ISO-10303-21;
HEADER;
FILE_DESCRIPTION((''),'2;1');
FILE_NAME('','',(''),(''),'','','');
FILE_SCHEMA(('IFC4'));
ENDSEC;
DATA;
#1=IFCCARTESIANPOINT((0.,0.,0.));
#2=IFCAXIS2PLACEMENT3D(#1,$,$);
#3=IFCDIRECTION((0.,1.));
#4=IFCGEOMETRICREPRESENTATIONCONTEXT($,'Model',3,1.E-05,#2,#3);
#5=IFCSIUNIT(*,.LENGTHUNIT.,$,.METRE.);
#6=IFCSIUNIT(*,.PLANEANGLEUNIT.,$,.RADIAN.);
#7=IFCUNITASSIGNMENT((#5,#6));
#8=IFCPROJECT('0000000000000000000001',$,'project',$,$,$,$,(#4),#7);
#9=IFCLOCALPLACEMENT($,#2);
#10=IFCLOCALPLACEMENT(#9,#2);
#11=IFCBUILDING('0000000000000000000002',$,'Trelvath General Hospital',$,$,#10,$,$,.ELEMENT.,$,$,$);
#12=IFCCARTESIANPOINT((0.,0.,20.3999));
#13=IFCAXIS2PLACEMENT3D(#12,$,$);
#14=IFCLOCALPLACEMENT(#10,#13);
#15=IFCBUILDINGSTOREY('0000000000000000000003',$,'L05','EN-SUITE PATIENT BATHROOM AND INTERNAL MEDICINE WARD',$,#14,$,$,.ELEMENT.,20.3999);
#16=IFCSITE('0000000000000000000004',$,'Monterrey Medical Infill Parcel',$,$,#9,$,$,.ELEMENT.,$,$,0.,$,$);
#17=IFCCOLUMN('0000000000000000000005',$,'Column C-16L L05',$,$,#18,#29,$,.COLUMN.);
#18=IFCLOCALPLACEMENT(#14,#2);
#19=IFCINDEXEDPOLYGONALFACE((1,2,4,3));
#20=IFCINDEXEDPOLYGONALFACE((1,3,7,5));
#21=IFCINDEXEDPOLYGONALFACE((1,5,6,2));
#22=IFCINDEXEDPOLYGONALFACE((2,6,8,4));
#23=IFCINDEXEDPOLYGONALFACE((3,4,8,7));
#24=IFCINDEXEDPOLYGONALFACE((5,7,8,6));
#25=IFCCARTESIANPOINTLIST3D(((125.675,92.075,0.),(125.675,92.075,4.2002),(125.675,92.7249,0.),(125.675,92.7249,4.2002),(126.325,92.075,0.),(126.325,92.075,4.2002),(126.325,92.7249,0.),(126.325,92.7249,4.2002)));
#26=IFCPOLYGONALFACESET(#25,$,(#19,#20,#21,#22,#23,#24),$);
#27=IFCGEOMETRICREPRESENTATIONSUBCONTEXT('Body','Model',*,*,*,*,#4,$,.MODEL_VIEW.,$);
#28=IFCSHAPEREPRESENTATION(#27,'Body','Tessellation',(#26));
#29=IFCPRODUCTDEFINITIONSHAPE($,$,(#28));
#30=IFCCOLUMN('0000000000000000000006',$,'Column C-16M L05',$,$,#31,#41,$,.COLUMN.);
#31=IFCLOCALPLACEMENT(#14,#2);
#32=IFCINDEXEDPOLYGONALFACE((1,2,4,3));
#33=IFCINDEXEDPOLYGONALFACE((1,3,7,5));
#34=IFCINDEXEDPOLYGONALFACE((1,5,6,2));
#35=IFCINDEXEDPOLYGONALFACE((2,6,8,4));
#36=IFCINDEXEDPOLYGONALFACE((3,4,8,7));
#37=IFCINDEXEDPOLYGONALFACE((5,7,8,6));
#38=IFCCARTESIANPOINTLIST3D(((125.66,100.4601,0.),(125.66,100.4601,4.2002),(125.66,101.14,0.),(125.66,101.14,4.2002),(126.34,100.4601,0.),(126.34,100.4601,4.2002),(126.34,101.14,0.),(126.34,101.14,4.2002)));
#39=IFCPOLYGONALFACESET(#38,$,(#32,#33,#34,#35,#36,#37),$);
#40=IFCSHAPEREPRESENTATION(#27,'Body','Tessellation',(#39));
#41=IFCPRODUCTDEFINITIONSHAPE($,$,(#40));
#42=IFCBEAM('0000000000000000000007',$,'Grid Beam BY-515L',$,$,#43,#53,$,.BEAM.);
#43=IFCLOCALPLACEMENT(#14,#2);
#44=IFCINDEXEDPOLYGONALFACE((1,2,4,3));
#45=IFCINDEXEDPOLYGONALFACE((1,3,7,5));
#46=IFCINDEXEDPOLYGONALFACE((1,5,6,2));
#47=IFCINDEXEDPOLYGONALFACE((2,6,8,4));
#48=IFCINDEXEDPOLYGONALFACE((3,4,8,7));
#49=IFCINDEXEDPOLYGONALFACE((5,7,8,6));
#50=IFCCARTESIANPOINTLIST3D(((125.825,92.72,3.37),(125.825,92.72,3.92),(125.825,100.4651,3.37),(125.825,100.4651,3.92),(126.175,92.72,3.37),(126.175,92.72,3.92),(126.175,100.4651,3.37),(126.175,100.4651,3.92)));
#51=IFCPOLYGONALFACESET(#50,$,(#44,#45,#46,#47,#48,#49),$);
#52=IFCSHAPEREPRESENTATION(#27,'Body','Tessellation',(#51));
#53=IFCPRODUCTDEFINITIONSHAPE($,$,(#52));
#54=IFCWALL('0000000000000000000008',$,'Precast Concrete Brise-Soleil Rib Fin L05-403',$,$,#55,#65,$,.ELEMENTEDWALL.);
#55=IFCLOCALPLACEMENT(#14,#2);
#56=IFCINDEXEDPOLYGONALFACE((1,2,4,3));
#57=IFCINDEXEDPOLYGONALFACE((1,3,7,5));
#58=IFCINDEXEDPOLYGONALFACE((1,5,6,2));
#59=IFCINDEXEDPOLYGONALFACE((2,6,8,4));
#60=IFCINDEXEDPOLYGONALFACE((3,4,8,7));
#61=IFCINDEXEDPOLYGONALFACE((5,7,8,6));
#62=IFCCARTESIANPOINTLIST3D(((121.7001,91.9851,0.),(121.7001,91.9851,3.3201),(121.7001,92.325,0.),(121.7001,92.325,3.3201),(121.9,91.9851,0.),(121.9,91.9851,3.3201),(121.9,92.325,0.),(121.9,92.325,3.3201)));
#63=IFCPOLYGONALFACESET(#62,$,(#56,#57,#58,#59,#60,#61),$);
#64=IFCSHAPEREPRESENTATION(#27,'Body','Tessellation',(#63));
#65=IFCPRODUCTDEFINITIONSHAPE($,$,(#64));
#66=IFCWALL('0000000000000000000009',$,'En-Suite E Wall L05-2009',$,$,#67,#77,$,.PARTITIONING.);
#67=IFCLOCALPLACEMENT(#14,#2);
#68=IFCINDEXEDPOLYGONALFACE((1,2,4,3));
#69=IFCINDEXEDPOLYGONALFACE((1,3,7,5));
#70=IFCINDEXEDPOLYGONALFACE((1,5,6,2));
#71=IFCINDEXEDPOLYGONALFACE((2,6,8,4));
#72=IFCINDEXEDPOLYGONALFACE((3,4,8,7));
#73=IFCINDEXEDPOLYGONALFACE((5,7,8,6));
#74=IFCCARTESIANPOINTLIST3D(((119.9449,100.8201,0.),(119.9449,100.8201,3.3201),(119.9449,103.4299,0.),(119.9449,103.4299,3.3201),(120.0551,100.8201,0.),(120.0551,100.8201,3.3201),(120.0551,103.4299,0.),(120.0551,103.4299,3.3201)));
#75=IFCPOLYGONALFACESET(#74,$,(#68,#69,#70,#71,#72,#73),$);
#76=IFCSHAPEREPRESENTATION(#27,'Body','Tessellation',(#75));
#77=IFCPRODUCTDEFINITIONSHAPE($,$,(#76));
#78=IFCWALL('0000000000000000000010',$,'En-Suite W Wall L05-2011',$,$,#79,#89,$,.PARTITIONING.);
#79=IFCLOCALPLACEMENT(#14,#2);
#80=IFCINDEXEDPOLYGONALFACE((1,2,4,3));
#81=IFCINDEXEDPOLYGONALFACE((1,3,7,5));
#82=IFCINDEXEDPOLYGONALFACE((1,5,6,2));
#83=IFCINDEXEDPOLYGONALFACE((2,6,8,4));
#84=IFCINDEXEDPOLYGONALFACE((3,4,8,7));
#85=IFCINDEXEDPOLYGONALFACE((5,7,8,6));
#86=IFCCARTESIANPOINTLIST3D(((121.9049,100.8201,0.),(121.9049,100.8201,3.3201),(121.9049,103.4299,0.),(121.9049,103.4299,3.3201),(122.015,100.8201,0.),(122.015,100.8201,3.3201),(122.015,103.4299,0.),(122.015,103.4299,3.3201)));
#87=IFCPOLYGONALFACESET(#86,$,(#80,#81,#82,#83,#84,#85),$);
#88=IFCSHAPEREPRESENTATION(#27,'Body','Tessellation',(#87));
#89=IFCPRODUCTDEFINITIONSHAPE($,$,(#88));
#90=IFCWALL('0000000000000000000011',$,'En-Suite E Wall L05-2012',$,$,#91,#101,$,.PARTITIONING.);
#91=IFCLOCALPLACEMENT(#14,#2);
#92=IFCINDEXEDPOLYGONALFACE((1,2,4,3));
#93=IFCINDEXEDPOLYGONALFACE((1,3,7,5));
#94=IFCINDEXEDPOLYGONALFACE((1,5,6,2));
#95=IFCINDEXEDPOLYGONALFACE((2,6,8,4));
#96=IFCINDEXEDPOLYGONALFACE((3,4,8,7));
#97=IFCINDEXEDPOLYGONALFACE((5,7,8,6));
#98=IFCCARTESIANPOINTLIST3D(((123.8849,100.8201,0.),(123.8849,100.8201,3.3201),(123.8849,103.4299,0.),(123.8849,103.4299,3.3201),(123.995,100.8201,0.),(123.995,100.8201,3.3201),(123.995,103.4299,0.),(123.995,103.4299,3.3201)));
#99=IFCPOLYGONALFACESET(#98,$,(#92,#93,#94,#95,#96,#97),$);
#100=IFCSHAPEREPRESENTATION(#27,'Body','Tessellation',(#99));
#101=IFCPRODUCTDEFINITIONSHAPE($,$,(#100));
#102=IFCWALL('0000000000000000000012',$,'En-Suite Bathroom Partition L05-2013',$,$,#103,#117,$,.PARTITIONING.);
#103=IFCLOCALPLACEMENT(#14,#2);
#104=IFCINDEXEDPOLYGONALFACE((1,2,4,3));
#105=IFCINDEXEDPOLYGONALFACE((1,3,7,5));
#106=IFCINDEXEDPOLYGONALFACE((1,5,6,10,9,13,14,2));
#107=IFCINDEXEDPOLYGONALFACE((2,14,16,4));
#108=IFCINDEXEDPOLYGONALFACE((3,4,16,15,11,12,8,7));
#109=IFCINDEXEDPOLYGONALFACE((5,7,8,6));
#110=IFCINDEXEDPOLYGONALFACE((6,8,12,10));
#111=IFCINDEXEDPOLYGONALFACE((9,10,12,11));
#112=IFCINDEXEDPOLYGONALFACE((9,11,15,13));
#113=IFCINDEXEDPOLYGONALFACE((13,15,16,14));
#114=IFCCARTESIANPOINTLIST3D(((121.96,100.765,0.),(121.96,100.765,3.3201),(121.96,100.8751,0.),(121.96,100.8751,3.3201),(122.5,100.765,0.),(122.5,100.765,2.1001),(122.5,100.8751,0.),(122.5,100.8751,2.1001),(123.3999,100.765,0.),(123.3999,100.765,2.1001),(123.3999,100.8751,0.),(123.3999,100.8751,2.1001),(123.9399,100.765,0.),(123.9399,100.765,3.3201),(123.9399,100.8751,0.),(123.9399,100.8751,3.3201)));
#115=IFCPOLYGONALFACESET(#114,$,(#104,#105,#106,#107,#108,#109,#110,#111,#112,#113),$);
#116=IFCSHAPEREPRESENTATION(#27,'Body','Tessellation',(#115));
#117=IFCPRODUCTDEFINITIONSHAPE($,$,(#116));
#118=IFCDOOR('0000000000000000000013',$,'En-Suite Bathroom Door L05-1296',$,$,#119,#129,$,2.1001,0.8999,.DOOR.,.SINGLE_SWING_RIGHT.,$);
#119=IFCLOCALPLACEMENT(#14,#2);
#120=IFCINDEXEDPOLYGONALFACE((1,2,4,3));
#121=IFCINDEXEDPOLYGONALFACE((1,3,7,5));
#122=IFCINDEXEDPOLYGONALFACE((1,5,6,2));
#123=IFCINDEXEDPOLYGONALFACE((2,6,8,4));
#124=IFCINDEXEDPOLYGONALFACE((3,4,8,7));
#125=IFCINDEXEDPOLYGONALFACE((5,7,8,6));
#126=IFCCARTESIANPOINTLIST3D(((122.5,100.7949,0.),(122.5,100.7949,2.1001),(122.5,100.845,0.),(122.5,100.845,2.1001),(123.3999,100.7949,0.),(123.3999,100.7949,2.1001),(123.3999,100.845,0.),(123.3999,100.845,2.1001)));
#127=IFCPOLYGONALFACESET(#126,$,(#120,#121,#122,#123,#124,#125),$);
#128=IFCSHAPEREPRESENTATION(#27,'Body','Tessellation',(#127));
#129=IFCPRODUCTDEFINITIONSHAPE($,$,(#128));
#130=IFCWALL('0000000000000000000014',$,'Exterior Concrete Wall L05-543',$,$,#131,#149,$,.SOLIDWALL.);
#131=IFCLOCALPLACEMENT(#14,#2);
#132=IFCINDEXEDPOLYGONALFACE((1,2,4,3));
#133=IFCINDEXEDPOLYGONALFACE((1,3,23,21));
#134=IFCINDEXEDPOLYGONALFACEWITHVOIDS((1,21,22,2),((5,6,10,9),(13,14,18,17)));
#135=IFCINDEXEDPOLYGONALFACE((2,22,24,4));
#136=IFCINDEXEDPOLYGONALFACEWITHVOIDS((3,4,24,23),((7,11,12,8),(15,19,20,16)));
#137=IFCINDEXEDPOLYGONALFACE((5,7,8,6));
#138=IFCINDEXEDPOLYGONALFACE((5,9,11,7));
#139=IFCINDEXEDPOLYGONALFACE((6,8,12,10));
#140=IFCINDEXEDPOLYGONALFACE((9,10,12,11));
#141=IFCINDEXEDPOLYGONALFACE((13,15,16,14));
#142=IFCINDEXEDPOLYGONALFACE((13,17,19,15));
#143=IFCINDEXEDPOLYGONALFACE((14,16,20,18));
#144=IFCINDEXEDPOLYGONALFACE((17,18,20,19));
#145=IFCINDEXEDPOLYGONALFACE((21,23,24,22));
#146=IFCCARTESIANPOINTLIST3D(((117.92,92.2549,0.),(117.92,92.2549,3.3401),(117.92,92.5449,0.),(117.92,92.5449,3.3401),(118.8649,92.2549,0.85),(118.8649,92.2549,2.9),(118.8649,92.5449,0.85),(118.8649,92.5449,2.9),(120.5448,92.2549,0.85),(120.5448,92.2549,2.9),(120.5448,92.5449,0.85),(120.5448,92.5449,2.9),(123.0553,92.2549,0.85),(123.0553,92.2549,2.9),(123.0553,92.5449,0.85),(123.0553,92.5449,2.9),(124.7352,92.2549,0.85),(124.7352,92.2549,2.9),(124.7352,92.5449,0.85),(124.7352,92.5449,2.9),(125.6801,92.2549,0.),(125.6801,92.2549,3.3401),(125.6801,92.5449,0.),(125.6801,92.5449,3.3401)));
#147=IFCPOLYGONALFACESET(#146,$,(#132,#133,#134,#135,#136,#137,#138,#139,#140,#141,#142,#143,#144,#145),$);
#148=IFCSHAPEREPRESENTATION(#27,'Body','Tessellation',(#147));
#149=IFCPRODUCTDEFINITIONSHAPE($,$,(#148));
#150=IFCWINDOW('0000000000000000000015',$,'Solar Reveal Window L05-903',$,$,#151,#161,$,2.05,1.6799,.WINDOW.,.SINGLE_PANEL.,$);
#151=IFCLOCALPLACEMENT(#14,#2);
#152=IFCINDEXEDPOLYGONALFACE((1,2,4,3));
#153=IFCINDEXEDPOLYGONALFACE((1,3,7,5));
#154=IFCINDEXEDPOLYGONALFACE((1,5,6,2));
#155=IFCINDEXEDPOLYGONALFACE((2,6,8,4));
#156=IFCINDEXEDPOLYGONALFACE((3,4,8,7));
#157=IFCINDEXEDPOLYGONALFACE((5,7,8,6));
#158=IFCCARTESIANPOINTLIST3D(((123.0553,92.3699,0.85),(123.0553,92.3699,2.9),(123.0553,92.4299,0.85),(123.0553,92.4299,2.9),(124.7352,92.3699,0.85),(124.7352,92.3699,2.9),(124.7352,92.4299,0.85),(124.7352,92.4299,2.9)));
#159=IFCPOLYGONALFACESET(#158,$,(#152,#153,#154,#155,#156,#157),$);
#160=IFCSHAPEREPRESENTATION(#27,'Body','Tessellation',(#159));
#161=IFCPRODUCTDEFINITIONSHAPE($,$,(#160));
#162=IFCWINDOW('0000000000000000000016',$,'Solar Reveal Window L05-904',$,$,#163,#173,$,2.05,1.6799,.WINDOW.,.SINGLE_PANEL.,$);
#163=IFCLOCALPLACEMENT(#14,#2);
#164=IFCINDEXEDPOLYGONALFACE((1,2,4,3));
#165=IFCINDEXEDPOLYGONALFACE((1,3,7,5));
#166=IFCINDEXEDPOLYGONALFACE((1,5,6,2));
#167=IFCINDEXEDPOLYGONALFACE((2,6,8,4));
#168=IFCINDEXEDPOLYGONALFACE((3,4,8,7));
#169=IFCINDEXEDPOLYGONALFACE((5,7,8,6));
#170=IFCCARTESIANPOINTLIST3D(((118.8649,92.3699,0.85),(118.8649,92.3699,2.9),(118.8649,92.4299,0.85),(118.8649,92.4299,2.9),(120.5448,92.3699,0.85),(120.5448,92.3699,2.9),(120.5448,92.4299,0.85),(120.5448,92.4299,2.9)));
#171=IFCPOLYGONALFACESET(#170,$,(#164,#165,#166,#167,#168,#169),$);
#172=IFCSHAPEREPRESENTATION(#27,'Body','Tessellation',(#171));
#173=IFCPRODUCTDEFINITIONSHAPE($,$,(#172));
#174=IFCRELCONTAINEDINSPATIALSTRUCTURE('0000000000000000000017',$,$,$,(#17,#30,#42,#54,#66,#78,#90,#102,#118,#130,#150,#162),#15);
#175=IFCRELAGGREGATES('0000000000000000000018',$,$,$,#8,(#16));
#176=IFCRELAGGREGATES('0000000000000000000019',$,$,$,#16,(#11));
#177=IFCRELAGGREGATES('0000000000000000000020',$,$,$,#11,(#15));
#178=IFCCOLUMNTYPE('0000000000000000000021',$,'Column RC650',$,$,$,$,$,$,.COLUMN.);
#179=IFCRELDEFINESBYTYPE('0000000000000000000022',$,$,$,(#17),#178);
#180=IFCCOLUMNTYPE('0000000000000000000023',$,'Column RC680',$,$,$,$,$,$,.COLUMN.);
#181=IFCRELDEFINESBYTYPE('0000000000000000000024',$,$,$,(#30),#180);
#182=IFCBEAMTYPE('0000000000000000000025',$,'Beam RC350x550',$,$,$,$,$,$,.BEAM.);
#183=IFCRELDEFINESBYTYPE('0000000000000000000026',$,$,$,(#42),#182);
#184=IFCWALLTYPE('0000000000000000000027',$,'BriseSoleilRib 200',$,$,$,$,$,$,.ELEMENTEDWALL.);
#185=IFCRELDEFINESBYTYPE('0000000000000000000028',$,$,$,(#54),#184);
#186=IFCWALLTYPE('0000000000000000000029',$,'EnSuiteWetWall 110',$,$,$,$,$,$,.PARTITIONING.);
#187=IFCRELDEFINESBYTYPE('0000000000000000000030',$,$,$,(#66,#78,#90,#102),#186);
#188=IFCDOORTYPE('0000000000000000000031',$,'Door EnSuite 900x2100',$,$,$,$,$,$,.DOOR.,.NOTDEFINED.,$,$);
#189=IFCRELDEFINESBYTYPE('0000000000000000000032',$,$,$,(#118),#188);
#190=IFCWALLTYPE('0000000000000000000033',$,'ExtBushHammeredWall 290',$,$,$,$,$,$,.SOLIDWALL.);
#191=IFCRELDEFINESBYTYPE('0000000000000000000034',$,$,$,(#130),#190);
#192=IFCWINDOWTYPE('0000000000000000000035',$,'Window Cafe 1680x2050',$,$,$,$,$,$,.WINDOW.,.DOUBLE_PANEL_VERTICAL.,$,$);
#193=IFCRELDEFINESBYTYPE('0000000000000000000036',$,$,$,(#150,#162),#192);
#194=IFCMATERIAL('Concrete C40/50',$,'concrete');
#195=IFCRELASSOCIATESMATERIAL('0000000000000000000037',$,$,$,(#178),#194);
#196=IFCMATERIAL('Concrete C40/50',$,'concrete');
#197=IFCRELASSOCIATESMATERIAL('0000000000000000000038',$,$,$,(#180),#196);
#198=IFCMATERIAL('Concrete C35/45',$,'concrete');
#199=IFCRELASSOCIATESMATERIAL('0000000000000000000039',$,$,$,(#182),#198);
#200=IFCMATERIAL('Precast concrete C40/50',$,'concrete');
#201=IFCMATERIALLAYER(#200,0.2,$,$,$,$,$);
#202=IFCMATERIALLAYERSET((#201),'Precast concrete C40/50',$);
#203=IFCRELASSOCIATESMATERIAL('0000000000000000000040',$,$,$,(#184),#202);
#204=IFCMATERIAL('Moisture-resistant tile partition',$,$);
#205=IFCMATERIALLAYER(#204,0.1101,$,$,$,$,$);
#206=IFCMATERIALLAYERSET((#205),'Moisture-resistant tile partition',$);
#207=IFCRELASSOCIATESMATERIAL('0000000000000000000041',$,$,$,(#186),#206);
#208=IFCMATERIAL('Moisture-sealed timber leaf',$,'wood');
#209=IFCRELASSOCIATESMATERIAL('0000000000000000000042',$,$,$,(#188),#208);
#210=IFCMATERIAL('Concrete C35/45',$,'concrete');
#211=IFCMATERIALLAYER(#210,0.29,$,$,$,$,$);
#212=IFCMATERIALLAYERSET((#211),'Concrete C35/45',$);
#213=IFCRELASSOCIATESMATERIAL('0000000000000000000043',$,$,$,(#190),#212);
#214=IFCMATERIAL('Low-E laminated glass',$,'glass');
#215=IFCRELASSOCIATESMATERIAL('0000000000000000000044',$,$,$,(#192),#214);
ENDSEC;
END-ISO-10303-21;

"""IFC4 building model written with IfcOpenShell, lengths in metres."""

from ifc_helpers import new_model, si_unit, direction, frame, frame_2d, origin, origin_2d, place, context, subcontext, project, spatial, rectangle, extrude, material, layer, layer_set, material_profile, profile_set, type_object, element, fill, save


model = new_model("IFC4")

# Units and contexts
model_context = context("Model", 3, precision=1e-05, world=origin(), true_north=direction((0.0, 1.0)))
body_context = subcontext(model_context, "Body", "Model", "MODEL_VIEW")
ifc_project = project(units=[si_unit("LENGTHUNIT", "METRE"), si_unit("PLANEANGLEUNIT", "RADIAN")], contexts=[model_context])

# Site, building, storey
site_placement = place(None, origin())
site = spatial("IfcSite", under=ifc_project, at=site_placement, Name="Monterrey Medical Infill Parcel", CompositionType="ELEMENT", RefElevation=0.0)
building_placement = place(site_placement, origin())
building = spatial("IfcBuilding", under=site, at=building_placement, Name="Trelvath General Hospital", CompositionType="ELEMENT")
storey_placement = place(building_placement, frame((0.0, 0.0, 20.3999)))
storey = spatial("IfcBuildingStorey", under=building, at=storey_placement, Name="L05", Description="EN-SUITE PATIENT BATHROOM AND INTERNAL MEDICINE WARD", CompositionType="ELEMENT", Elevation=20.3999)

# Columns
ifc_material_1 = material(Name="Concrete C40/50", Category="concrete")
ifc_material_profile_1 = material_profile(ifc_material_1, rectangle(XDim=0.6499, YDim=0.6499, at=origin_2d()), Name="RC650x650")
ifc_profile_set_1 = profile_set([ifc_material_profile_1], Name="Concrete C40/50")
column_type_1 = type_object("IfcColumnType", Name="Column RC650", PredefinedType="COLUMN", material=ifc_profile_set_1)
column_1_placement = place(storey_placement, frame((126.0, 92.3999, 0.0), z_axis=(0.0, 0.0, 1.0), x_axis=(1.0, 0.0, 0.0)))
element("IfcColumn", 1, at=column_1_placement, inside=storey, type_object=column_type_1, Name="Column C-16L L05", PredefinedType="COLUMN", context=body_context, shape_type="SweptSolid", body=[
    extrude(rectangle(XDim=0.6499, YDim=0.6499, at=origin_2d()), origin(), (0.0, 0.0, 1.0), 4.2002),
])
ifc_material_2 = material(Name="Concrete C40/50", Category="concrete")
ifc_material_profile_2 = material_profile(ifc_material_2, rectangle(XDim=0.6799, YDim=0.6799, at=origin_2d()), Name="RC680x680")
ifc_profile_set_2 = profile_set([ifc_material_profile_2], Name="Concrete C40/50")
column_type_2 = type_object("IfcColumnType", Name="Column RC680", PredefinedType="COLUMN", material=ifc_profile_set_2)
column_2_placement = place(storey_placement, frame((126.0, 100.8, 0.0), z_axis=(0.0, 0.0, 1.0), x_axis=(1.0, 0.0, 0.0)))
element("IfcColumn", 2, at=column_2_placement, inside=storey, type_object=column_type_2, Name="Column C-16M L05", PredefinedType="COLUMN", context=body_context, shape_type="SweptSolid", body=[
    extrude(rectangle(XDim=0.6799, YDim=0.6799, at=origin_2d()), origin(), (0.0, 0.0, 1.0), 4.2002),
])

# Beam
ifc_material_3 = material(Name="Concrete C35/45", Category="concrete")
ifc_material_profile_3 = material_profile(ifc_material_3, rectangle(XDim=0.3501, YDim=0.55, at=origin_2d()), Name="RCB350x550")
ifc_profile_set_3 = profile_set([ifc_material_profile_3], Name="Concrete C35/45")
beam_type = type_object("IfcBeamType", Name="Beam RC350x550", PredefinedType="BEAM", material=ifc_profile_set_3)
beam_placement = place(storey_placement, frame((126.0, 92.72, 3.645), z_axis=(0.0, 1.0, 0.0), x_axis=(-1.0, 0.0, 0.0)))
element("IfcBeam", 3, at=beam_placement, inside=storey, type_object=beam_type, Name="Grid Beam BY-515L", PredefinedType="BEAM", context=body_context, shape_type="SweptSolid", body=[
    extrude(rectangle(XDim=0.3501, YDim=0.55, at=origin_2d()), origin(), (0.0, 0.0, 1.0), 7.7451),
])

# Walls
ifc_material_4 = material(Name="Precast concrete C40/50", Category="concrete")
ifc_layer_1 = layer(ifc_material_4, 0.2)
ifc_layer_set_1 = layer_set([ifc_layer_1], Name="Precast concrete C40/50")
wall_type_1 = type_object("IfcWallType", Name="BriseSoleilRib 200", PredefinedType="ELEMENTEDWALL", material=ifc_layer_set_1)
wall_1_placement = place(storey_placement, frame((121.8, 92.325, 0.0), z_axis=(0.0, 0.0, 1.0), x_axis=(0.0, -1.0, 0.0)))
element("IfcWall", 4, at=wall_1_placement, inside=storey, type_object=wall_type_1, Name="Precast Concrete Brise-Soleil Rib Fin L05-403", PredefinedType="ELEMENTEDWALL", context=body_context, shape_type="SweptSolid", body=[
    extrude(rectangle(XDim=0.3398, YDim=0.2, at=frame_2d((0.1699, 0.0))), origin(), (0.0, 0.0, 1.0), 3.3201),
])
ifc_material_5 = material(Name="Moisture-resistant tile partition")
ifc_layer_2 = layer(ifc_material_5, 0.1101)
ifc_layer_set_2 = layer_set([ifc_layer_2], Name="Moisture-resistant tile partition")
wall_type_2 = type_object("IfcWallType", Name="EnSuiteWetWall 110", PredefinedType="PARTITIONING", material=ifc_layer_set_2)
for number, where, z_axis, x_axis, name in (
    (5, (120.0, 100.8201, 0.0), (0.0, 0.0, 1.0), (0.0, 1.0, 0.0), "En-Suite E Wall L05-2009"),
    (6, (121.96, 100.8201, 0.0), (0.0, 0.0, 1.0), (0.0, 1.0, 0.0), "En-Suite W Wall L05-2011"),
    (7, (123.9399, 100.8201, 0.0), (0.0, 0.0, 1.0), (0.0, 1.0, 0.0), "En-Suite E Wall L05-2012"),
):
    element("IfcWall", number, at=place(storey_placement, frame(where, z_axis=z_axis, x_axis=x_axis)), inside=storey, type_object=wall_type_2, Name=name, PredefinedType="PARTITIONING", context=body_context, shape_type="SweptSolid", body=[
        extrude(rectangle(XDim=2.6099, YDim=0.1101, at=frame_2d((1.3049, 0.0))), origin(), (0.0, 0.0, 1.0), 3.3201),
    ])

# Wall, opening, door
wall_2_placement = place(storey_placement, frame((121.96, 100.8201, 0.0), z_axis=(0.0, 0.0, 1.0), x_axis=(1.0, 0.0, 0.0)))
wall_2 = element("IfcWall", 8, at=wall_2_placement, inside=storey, type_object=wall_type_2, Name="En-Suite Bathroom Partition L05-2013", PredefinedType="PARTITIONING", context=body_context, shape_type="SweptSolid", body=[
    extrude(rectangle(XDim=1.98, YDim=0.1101, at=frame_2d((0.99, 0.0))), origin(), (0.0, 0.0, 1.0), 3.3201),
])
opening_1_placement = place(wall_2_placement, frame((0.54, 0.0, 0.0)))
opening_1 = element("IfcOpeningElement", 9, at=opening_1_placement, cuts=wall_2, PredefinedType="OPENING", context=body_context, shape_type="SweptSolid", body=[
    extrude(rectangle(XDim=0.8999, YDim=2.1001, at=frame_2d((0.45, 1.05))), frame((0.0, 0.0649, 0.0), z_axis=(0.0, -1.0, 0.0), x_axis=(1.0, 0.0, 0.0)), (0.0, 0.0, 1.0), 0.1301),
])
ifc_material_6 = material(Name="Moisture-sealed timber leaf", Category="wood")
door_type = type_object("IfcDoorType", Name="Door EnSuite 900x2100", OperationType="NOTDEFINED", PredefinedType="DOOR", material=ifc_material_6)
door_placement = place(opening_1_placement, origin())
door = element("IfcDoor", 10, at=door_placement, inside=storey, type_object=door_type, Name="En-Suite Bathroom Door L05-1296", OperationType="SINGLE_SWING_RIGHT", OverallHeight=2.1001, OverallWidth=0.8999, PredefinedType="DOOR", context=body_context, shape_type="SweptSolid", body=[
    extrude(rectangle(XDim=0.8999, YDim=2.1001, at=frame_2d((0.45, 1.05))), frame((0.0, 0.0249, 0.0), z_axis=(0.0, -1.0, 0.0), x_axis=(1.0, 0.0, 0.0)), (0.0, 0.0, 1.0), 0.05),
])
fill(opening_1, door)

# Wall, openings, windows
ifc_material_7 = material(Name="Concrete C35/45", Category="concrete")
ifc_layer_3 = layer(ifc_material_7, 0.29)
ifc_layer_set_3 = layer_set([ifc_layer_3], Name="Concrete C35/45")
wall_type_3 = type_object("IfcWallType", Name="ExtBushHammeredWall 290", PredefinedType="SOLIDWALL", material=ifc_layer_set_3)
wall_3_placement = place(storey_placement, frame((125.6799, 92.3999, 0.0), z_axis=(0.0, 0.0, 1.0), x_axis=(-1.0, 0.0, 0.0)))
wall_3 = element("IfcWall", 11, at=wall_3_placement, inside=storey, type_object=wall_type_3, Name="Exterior Concrete Wall L05-543", PredefinedType="SOLIDWALL", context=body_context, shape_type="SweptSolid", body=[
    extrude(rectangle(XDim=7.76, YDim=0.29, at=frame_2d((3.8799, 0.0))), origin(), (0.0, 0.0, 1.0), 3.3401),
])
opening_2_placement = place(wall_3_placement, frame((0.9448, 0.0, 0.8501)))
opening_2 = element("IfcOpeningElement", 12, at=opening_2_placement, cuts=wall_3, PredefinedType="OPENING", context=body_context, shape_type="SweptSolid", body=[
    extrude(rectangle(XDim=1.6799, YDim=2.05, at=frame_2d((0.8398, 1.0249))), frame((0.0, 0.155, 0.0), z_axis=(0.0, -1.0, 0.0), x_axis=(1.0, 0.0, 0.0)), (0.0, 0.0, 1.0), 0.3101),
])
opening_3_placement = place(wall_3_placement, frame((5.1353, 0.0, 0.8501)))
opening_3 = element("IfcOpeningElement", 13, at=opening_3_placement, cuts=wall_3, PredefinedType="OPENING", context=body_context, shape_type="SweptSolid", body=[
    extrude(rectangle(XDim=1.6799, YDim=2.05, at=frame_2d((0.8398, 1.0249))), frame((0.0, 0.155, 0.0), z_axis=(0.0, -1.0, 0.0), x_axis=(1.0, 0.0, 0.0)), (0.0, 0.0, 1.0), 0.3101),
])
ifc_material_8 = material(Name="Low-E laminated glass", Category="glass")
window_type = type_object("IfcWindowType", Name="Window Cafe 1680x2050", PartitioningType="DOUBLE_PANEL_VERTICAL", PredefinedType="WINDOW", material=ifc_material_8)
window_1_placement = place(opening_2_placement, origin())
window_1 = element("IfcWindow", 14, at=window_1_placement, inside=storey, type_object=window_type, Name="Solar Reveal Window L05-903", OverallHeight=2.05, OverallWidth=1.6799, PartitioningType="SINGLE_PANEL", PredefinedType="WINDOW", context=body_context, shape_type="SweptSolid", body=[
    extrude(rectangle(XDim=1.6799, YDim=2.05, at=frame_2d((0.8398, 1.0249))), frame((0.0, 0.03, 0.0), z_axis=(0.0, -1.0, 0.0), x_axis=(1.0, 0.0, 0.0)), (0.0, 0.0, 1.0), 0.0601),
])
fill(opening_2, window_1)
window_2_placement = place(opening_3_placement, origin())
window_2 = element("IfcWindow", 15, at=window_2_placement, inside=storey, type_object=window_type, Name="Solar Reveal Window L05-904", OverallHeight=2.05, OverallWidth=1.6799, PartitioningType="SINGLE_PANEL", PredefinedType="WINDOW", context=body_context, shape_type="SweptSolid", body=[
    extrude(rectangle(XDim=1.6799, YDim=2.05, at=frame_2d((0.8398, 1.0249))), frame((0.0, 0.03, 0.0), z_axis=(0.0, -1.0, 0.0), x_axis=(1.0, 0.0, 0.0)), (0.0, 0.0, 1.0), 0.0601),
])
fill(opening_3, window_2)

save(model, "model.ifc")
